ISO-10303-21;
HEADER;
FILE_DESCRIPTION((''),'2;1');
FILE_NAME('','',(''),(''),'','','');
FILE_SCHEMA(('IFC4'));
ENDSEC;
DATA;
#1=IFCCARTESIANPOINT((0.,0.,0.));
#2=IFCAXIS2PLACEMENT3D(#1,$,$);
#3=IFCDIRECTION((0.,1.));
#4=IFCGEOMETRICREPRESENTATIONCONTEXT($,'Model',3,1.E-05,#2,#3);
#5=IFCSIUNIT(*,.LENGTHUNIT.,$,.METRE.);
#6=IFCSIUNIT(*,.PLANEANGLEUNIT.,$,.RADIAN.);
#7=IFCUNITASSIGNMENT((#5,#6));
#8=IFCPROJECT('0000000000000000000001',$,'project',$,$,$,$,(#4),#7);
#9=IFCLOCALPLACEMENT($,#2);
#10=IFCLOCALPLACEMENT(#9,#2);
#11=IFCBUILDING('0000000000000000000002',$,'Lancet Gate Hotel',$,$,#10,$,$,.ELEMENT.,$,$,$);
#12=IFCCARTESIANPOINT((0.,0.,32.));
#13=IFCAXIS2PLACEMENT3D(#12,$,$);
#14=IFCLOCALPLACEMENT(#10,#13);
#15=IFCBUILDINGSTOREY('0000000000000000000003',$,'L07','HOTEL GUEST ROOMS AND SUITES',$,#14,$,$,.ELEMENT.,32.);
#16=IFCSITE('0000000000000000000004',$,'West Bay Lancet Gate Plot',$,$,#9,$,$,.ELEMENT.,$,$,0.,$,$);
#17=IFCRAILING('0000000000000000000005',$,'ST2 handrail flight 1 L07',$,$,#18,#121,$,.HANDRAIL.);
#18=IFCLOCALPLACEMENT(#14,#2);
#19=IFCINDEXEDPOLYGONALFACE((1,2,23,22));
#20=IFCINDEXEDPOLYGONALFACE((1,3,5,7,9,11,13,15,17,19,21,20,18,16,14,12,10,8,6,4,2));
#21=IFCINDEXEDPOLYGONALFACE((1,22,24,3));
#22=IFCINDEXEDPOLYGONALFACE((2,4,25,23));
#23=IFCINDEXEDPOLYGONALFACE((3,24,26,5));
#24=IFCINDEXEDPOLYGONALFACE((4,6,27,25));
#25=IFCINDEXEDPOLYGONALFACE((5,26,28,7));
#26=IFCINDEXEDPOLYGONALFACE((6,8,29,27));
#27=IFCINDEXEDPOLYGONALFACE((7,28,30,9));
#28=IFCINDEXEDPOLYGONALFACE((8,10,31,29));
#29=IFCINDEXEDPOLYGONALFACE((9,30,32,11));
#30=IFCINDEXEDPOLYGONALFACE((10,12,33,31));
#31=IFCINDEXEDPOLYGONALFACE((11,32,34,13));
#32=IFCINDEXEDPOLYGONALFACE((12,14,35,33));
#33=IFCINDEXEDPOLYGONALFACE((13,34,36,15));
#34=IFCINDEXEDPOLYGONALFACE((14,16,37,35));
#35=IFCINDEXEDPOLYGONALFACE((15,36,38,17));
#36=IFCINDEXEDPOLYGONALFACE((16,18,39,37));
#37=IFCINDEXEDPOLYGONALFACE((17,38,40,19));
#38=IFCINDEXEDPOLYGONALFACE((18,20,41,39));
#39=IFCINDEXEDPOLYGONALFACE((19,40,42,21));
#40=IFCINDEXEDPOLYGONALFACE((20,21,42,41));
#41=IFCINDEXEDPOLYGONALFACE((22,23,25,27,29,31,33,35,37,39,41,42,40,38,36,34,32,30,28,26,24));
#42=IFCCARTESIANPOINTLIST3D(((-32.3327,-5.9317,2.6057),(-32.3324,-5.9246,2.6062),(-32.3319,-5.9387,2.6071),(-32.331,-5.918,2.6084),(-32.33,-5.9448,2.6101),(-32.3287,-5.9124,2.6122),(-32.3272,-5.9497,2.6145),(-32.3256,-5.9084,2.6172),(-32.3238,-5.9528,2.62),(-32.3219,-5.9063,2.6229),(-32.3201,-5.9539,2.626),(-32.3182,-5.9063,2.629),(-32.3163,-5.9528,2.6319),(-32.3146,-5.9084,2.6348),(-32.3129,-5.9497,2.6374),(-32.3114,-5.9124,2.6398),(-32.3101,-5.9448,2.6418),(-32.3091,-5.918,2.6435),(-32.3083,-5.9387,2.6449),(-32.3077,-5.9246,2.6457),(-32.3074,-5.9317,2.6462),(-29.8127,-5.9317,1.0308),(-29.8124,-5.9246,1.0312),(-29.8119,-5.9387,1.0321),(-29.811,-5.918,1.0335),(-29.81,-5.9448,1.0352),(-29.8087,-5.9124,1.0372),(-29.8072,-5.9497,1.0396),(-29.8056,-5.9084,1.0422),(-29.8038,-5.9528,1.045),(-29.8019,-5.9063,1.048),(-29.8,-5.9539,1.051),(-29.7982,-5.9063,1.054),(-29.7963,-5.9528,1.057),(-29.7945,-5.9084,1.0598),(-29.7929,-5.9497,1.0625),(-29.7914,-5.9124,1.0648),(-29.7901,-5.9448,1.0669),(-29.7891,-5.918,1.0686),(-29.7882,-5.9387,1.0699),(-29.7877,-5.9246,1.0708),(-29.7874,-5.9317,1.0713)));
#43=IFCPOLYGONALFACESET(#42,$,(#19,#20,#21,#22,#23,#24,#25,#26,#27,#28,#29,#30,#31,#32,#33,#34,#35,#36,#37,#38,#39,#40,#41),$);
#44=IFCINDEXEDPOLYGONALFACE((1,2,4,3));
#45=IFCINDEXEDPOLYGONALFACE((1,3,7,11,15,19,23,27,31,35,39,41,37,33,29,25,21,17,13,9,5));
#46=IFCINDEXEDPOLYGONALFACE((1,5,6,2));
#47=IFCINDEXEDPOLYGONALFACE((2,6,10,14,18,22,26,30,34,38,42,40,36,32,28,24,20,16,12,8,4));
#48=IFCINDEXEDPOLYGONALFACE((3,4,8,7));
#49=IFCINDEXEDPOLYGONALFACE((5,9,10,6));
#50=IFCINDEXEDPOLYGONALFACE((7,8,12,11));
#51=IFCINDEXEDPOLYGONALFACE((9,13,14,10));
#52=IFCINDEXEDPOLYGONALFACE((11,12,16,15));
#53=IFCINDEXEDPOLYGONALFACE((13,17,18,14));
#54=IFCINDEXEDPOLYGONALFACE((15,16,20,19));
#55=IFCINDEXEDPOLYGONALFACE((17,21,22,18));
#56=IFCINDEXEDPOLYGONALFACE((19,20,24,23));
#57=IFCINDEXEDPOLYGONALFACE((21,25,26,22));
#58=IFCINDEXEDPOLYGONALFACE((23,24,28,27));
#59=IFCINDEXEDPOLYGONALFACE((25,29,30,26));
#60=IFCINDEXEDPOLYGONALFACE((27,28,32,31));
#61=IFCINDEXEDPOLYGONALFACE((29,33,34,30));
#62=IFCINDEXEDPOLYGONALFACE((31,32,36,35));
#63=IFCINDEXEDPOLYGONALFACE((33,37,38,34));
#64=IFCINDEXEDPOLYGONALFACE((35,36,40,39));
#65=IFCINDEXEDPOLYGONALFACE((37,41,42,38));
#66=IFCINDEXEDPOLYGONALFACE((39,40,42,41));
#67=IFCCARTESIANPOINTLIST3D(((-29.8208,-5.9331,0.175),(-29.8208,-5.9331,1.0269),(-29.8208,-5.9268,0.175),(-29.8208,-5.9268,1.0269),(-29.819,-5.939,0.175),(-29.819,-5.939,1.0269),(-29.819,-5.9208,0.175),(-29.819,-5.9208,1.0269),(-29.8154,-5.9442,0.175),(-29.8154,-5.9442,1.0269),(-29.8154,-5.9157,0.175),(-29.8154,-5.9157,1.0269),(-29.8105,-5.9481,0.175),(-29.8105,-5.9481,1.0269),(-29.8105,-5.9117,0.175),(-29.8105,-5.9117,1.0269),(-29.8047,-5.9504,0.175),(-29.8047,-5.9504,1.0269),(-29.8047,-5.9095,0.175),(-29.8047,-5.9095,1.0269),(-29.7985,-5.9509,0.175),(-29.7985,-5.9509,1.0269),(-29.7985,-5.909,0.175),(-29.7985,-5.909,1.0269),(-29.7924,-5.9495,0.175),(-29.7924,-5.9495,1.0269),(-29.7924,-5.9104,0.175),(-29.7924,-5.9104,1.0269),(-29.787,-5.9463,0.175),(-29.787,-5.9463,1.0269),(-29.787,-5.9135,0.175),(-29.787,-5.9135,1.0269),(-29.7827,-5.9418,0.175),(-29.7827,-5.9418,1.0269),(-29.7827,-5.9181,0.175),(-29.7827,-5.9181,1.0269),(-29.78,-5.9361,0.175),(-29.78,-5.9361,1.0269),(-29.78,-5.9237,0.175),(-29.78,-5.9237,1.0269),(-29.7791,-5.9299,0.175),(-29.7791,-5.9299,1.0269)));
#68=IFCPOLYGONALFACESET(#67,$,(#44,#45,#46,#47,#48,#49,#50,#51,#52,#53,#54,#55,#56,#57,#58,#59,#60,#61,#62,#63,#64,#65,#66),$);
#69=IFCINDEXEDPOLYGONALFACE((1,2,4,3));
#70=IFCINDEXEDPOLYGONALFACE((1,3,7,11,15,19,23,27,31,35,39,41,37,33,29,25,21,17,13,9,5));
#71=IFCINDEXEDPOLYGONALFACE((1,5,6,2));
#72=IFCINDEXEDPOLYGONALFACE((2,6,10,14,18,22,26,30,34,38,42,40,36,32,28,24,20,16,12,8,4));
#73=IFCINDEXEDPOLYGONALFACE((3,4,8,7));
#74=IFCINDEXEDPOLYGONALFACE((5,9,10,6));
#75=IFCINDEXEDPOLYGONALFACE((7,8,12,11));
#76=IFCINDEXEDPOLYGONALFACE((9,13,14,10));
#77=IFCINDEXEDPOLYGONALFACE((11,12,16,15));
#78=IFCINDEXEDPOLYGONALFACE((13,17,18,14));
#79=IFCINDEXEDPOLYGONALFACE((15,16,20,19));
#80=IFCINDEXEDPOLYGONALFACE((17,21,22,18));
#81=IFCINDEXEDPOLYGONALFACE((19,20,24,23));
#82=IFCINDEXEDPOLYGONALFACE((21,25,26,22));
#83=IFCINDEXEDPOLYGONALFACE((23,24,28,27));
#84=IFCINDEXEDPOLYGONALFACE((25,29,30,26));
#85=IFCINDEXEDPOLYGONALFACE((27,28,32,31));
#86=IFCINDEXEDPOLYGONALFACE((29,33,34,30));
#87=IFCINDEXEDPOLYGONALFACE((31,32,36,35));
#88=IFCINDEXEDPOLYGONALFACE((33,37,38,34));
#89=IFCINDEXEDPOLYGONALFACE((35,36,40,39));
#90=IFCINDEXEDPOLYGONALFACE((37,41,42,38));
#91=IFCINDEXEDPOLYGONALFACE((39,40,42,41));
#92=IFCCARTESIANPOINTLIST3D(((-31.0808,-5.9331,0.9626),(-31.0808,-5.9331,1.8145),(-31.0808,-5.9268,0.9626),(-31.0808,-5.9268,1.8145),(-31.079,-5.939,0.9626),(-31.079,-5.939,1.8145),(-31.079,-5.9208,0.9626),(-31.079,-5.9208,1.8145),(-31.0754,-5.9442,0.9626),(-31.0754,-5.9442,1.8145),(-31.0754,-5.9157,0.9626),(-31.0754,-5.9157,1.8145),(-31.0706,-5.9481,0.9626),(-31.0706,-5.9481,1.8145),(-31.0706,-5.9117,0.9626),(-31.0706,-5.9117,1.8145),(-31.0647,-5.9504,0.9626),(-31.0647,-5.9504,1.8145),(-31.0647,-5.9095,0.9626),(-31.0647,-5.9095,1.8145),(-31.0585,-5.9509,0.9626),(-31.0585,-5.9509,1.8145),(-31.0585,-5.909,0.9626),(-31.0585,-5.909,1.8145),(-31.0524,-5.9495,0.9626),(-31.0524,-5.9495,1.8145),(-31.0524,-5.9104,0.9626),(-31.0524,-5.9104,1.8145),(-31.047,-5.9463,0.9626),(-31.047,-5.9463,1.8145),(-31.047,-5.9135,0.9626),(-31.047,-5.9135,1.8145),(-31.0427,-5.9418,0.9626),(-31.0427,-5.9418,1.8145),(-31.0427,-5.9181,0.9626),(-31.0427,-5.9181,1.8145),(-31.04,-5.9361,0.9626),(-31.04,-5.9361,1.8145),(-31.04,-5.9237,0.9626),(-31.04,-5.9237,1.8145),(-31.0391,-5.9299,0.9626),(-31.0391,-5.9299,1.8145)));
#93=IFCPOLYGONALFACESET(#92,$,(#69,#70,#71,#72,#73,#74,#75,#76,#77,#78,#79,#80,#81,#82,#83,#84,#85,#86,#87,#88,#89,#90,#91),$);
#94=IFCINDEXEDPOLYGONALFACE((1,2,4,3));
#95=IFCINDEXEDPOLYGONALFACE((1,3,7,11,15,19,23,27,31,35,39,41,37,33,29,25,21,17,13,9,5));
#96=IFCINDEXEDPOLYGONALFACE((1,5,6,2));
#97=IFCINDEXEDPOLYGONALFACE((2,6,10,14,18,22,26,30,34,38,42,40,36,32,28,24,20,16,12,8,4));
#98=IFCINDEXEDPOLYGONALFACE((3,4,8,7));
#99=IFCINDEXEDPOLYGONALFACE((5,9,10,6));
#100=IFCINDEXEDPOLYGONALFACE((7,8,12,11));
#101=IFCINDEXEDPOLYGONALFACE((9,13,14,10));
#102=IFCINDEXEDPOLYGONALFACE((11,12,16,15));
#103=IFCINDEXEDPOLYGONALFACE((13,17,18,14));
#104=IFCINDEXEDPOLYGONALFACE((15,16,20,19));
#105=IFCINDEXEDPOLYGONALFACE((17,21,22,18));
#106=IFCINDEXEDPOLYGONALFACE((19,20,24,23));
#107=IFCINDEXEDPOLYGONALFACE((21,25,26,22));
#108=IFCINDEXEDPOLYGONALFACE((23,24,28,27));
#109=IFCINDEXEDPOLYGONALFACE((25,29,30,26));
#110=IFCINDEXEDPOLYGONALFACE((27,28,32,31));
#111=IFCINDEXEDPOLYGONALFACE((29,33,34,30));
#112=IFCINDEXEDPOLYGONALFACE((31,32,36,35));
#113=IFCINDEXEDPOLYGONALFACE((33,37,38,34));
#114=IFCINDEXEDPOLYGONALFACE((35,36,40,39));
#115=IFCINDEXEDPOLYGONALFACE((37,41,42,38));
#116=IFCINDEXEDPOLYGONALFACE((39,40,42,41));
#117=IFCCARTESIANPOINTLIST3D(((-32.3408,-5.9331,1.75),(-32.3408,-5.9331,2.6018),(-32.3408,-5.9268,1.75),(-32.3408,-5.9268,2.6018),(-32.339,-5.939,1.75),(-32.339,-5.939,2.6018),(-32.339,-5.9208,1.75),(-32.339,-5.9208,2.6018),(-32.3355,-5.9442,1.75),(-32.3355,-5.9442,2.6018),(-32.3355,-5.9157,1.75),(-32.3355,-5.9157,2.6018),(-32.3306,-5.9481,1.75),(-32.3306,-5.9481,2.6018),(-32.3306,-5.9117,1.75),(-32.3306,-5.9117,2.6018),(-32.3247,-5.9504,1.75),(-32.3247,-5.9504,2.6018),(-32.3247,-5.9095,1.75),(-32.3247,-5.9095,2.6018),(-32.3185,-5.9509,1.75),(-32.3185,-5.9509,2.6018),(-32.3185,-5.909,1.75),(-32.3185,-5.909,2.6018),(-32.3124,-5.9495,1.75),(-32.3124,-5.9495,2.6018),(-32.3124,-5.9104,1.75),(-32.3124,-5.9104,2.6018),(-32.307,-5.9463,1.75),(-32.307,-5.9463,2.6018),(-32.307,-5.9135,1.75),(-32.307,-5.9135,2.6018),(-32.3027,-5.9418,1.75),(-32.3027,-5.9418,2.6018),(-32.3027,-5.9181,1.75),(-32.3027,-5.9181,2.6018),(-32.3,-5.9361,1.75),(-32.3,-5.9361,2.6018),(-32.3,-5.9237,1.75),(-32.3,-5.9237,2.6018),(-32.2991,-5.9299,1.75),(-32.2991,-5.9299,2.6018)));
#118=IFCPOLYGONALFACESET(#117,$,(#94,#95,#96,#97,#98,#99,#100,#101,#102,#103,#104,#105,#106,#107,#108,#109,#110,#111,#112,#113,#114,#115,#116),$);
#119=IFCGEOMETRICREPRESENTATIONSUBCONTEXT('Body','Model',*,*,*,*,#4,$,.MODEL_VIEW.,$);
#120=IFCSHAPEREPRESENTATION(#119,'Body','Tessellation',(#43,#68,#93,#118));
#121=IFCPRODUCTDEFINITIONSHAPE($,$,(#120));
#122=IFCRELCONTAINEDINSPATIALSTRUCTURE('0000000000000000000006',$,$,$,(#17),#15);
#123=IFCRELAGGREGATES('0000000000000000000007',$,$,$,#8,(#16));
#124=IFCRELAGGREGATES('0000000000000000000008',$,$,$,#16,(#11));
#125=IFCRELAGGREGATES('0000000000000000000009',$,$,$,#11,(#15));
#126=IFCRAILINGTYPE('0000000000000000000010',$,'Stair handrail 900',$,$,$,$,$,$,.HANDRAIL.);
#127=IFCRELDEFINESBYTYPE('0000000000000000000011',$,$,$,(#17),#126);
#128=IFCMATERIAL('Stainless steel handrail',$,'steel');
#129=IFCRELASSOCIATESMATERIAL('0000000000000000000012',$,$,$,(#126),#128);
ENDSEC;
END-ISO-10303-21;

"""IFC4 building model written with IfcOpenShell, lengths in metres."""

from ifc_helpers import new_model, si_unit, direction, frame, origin, origin_2d, place, context, subcontext, project, spatial, circle, extrude, material, type_object, element, save


model = new_model("IFC4")

# Units and contexts
model_context = context("Model", 3, precision=1e-05, world=origin(), true_north=direction((0.0, 1.0)))
body_context = subcontext(model_context, "Body", "Model", "MODEL_VIEW")
ifc_project = project(units=[si_unit("LENGTHUNIT", "METRE"), si_unit("PLANEANGLEUNIT", "RADIAN")], contexts=[model_context])

# Site, building, storey
site_placement = place(None, origin())
site = spatial("IfcSite", under=ifc_project, at=site_placement, Name="West Bay Lancet Gate Plot", CompositionType="ELEMENT", RefElevation=0.0)
building_placement = place(site_placement, origin())
building = spatial("IfcBuilding", under=site, at=building_placement, Name="Lancet Gate Hotel", CompositionType="ELEMENT")
storey_placement = place(building_placement, frame((0.0, 0.0, 32.0)))
storey = spatial("IfcBuildingStorey", under=building, at=storey_placement, Name="L07", Description="HOTEL GUEST ROOMS AND SUITES", CompositionType="ELEMENT", Elevation=32.0)

# Railing
ifc_material_1 = material(Name="Stainless steel handrail", Category="steel")
railing_type = type_object("IfcRailingType", Name="Stair handrail 900", PredefinedType="HANDRAIL", material=ifc_material_1)
railing_1_placement = place(storey_placement, frame((-29.8, -5.9299, 0.175)))
element("IfcRailing", 1, at=railing_1_placement, inside=storey, type_object=railing_type, Name="ST2 handrail flight 1 L07", PredefinedType="HANDRAIL", context=body_context, shape_type="SweptSolid", body=[
    extrude(circle(Radius=0.0239, at=origin_2d()), frame((0.0, 0.0, 0.876), z_axis=(-0.848008, 0.0, 0.529984), x_axis=(0.0, -1.0, 0.0)), (0.0, 0.0, 1.0), 2.9717),
    extrude(circle(Radius=0.021, at=origin_2d()), origin(), (0.0, 0.0, 1.0), 0.8518),
    extrude(circle(Radius=0.021, at=origin_2d()), frame((-1.26, 0.0, 0.7876)), (0.0, 0.0, 1.0), 0.8518),
    extrude(circle(Radius=0.021, at=origin_2d()), frame((-2.52, 0.0, 1.575)), (0.0, 0.0, 1.0), 0.8518),
])

save(model, "model.ifc")
